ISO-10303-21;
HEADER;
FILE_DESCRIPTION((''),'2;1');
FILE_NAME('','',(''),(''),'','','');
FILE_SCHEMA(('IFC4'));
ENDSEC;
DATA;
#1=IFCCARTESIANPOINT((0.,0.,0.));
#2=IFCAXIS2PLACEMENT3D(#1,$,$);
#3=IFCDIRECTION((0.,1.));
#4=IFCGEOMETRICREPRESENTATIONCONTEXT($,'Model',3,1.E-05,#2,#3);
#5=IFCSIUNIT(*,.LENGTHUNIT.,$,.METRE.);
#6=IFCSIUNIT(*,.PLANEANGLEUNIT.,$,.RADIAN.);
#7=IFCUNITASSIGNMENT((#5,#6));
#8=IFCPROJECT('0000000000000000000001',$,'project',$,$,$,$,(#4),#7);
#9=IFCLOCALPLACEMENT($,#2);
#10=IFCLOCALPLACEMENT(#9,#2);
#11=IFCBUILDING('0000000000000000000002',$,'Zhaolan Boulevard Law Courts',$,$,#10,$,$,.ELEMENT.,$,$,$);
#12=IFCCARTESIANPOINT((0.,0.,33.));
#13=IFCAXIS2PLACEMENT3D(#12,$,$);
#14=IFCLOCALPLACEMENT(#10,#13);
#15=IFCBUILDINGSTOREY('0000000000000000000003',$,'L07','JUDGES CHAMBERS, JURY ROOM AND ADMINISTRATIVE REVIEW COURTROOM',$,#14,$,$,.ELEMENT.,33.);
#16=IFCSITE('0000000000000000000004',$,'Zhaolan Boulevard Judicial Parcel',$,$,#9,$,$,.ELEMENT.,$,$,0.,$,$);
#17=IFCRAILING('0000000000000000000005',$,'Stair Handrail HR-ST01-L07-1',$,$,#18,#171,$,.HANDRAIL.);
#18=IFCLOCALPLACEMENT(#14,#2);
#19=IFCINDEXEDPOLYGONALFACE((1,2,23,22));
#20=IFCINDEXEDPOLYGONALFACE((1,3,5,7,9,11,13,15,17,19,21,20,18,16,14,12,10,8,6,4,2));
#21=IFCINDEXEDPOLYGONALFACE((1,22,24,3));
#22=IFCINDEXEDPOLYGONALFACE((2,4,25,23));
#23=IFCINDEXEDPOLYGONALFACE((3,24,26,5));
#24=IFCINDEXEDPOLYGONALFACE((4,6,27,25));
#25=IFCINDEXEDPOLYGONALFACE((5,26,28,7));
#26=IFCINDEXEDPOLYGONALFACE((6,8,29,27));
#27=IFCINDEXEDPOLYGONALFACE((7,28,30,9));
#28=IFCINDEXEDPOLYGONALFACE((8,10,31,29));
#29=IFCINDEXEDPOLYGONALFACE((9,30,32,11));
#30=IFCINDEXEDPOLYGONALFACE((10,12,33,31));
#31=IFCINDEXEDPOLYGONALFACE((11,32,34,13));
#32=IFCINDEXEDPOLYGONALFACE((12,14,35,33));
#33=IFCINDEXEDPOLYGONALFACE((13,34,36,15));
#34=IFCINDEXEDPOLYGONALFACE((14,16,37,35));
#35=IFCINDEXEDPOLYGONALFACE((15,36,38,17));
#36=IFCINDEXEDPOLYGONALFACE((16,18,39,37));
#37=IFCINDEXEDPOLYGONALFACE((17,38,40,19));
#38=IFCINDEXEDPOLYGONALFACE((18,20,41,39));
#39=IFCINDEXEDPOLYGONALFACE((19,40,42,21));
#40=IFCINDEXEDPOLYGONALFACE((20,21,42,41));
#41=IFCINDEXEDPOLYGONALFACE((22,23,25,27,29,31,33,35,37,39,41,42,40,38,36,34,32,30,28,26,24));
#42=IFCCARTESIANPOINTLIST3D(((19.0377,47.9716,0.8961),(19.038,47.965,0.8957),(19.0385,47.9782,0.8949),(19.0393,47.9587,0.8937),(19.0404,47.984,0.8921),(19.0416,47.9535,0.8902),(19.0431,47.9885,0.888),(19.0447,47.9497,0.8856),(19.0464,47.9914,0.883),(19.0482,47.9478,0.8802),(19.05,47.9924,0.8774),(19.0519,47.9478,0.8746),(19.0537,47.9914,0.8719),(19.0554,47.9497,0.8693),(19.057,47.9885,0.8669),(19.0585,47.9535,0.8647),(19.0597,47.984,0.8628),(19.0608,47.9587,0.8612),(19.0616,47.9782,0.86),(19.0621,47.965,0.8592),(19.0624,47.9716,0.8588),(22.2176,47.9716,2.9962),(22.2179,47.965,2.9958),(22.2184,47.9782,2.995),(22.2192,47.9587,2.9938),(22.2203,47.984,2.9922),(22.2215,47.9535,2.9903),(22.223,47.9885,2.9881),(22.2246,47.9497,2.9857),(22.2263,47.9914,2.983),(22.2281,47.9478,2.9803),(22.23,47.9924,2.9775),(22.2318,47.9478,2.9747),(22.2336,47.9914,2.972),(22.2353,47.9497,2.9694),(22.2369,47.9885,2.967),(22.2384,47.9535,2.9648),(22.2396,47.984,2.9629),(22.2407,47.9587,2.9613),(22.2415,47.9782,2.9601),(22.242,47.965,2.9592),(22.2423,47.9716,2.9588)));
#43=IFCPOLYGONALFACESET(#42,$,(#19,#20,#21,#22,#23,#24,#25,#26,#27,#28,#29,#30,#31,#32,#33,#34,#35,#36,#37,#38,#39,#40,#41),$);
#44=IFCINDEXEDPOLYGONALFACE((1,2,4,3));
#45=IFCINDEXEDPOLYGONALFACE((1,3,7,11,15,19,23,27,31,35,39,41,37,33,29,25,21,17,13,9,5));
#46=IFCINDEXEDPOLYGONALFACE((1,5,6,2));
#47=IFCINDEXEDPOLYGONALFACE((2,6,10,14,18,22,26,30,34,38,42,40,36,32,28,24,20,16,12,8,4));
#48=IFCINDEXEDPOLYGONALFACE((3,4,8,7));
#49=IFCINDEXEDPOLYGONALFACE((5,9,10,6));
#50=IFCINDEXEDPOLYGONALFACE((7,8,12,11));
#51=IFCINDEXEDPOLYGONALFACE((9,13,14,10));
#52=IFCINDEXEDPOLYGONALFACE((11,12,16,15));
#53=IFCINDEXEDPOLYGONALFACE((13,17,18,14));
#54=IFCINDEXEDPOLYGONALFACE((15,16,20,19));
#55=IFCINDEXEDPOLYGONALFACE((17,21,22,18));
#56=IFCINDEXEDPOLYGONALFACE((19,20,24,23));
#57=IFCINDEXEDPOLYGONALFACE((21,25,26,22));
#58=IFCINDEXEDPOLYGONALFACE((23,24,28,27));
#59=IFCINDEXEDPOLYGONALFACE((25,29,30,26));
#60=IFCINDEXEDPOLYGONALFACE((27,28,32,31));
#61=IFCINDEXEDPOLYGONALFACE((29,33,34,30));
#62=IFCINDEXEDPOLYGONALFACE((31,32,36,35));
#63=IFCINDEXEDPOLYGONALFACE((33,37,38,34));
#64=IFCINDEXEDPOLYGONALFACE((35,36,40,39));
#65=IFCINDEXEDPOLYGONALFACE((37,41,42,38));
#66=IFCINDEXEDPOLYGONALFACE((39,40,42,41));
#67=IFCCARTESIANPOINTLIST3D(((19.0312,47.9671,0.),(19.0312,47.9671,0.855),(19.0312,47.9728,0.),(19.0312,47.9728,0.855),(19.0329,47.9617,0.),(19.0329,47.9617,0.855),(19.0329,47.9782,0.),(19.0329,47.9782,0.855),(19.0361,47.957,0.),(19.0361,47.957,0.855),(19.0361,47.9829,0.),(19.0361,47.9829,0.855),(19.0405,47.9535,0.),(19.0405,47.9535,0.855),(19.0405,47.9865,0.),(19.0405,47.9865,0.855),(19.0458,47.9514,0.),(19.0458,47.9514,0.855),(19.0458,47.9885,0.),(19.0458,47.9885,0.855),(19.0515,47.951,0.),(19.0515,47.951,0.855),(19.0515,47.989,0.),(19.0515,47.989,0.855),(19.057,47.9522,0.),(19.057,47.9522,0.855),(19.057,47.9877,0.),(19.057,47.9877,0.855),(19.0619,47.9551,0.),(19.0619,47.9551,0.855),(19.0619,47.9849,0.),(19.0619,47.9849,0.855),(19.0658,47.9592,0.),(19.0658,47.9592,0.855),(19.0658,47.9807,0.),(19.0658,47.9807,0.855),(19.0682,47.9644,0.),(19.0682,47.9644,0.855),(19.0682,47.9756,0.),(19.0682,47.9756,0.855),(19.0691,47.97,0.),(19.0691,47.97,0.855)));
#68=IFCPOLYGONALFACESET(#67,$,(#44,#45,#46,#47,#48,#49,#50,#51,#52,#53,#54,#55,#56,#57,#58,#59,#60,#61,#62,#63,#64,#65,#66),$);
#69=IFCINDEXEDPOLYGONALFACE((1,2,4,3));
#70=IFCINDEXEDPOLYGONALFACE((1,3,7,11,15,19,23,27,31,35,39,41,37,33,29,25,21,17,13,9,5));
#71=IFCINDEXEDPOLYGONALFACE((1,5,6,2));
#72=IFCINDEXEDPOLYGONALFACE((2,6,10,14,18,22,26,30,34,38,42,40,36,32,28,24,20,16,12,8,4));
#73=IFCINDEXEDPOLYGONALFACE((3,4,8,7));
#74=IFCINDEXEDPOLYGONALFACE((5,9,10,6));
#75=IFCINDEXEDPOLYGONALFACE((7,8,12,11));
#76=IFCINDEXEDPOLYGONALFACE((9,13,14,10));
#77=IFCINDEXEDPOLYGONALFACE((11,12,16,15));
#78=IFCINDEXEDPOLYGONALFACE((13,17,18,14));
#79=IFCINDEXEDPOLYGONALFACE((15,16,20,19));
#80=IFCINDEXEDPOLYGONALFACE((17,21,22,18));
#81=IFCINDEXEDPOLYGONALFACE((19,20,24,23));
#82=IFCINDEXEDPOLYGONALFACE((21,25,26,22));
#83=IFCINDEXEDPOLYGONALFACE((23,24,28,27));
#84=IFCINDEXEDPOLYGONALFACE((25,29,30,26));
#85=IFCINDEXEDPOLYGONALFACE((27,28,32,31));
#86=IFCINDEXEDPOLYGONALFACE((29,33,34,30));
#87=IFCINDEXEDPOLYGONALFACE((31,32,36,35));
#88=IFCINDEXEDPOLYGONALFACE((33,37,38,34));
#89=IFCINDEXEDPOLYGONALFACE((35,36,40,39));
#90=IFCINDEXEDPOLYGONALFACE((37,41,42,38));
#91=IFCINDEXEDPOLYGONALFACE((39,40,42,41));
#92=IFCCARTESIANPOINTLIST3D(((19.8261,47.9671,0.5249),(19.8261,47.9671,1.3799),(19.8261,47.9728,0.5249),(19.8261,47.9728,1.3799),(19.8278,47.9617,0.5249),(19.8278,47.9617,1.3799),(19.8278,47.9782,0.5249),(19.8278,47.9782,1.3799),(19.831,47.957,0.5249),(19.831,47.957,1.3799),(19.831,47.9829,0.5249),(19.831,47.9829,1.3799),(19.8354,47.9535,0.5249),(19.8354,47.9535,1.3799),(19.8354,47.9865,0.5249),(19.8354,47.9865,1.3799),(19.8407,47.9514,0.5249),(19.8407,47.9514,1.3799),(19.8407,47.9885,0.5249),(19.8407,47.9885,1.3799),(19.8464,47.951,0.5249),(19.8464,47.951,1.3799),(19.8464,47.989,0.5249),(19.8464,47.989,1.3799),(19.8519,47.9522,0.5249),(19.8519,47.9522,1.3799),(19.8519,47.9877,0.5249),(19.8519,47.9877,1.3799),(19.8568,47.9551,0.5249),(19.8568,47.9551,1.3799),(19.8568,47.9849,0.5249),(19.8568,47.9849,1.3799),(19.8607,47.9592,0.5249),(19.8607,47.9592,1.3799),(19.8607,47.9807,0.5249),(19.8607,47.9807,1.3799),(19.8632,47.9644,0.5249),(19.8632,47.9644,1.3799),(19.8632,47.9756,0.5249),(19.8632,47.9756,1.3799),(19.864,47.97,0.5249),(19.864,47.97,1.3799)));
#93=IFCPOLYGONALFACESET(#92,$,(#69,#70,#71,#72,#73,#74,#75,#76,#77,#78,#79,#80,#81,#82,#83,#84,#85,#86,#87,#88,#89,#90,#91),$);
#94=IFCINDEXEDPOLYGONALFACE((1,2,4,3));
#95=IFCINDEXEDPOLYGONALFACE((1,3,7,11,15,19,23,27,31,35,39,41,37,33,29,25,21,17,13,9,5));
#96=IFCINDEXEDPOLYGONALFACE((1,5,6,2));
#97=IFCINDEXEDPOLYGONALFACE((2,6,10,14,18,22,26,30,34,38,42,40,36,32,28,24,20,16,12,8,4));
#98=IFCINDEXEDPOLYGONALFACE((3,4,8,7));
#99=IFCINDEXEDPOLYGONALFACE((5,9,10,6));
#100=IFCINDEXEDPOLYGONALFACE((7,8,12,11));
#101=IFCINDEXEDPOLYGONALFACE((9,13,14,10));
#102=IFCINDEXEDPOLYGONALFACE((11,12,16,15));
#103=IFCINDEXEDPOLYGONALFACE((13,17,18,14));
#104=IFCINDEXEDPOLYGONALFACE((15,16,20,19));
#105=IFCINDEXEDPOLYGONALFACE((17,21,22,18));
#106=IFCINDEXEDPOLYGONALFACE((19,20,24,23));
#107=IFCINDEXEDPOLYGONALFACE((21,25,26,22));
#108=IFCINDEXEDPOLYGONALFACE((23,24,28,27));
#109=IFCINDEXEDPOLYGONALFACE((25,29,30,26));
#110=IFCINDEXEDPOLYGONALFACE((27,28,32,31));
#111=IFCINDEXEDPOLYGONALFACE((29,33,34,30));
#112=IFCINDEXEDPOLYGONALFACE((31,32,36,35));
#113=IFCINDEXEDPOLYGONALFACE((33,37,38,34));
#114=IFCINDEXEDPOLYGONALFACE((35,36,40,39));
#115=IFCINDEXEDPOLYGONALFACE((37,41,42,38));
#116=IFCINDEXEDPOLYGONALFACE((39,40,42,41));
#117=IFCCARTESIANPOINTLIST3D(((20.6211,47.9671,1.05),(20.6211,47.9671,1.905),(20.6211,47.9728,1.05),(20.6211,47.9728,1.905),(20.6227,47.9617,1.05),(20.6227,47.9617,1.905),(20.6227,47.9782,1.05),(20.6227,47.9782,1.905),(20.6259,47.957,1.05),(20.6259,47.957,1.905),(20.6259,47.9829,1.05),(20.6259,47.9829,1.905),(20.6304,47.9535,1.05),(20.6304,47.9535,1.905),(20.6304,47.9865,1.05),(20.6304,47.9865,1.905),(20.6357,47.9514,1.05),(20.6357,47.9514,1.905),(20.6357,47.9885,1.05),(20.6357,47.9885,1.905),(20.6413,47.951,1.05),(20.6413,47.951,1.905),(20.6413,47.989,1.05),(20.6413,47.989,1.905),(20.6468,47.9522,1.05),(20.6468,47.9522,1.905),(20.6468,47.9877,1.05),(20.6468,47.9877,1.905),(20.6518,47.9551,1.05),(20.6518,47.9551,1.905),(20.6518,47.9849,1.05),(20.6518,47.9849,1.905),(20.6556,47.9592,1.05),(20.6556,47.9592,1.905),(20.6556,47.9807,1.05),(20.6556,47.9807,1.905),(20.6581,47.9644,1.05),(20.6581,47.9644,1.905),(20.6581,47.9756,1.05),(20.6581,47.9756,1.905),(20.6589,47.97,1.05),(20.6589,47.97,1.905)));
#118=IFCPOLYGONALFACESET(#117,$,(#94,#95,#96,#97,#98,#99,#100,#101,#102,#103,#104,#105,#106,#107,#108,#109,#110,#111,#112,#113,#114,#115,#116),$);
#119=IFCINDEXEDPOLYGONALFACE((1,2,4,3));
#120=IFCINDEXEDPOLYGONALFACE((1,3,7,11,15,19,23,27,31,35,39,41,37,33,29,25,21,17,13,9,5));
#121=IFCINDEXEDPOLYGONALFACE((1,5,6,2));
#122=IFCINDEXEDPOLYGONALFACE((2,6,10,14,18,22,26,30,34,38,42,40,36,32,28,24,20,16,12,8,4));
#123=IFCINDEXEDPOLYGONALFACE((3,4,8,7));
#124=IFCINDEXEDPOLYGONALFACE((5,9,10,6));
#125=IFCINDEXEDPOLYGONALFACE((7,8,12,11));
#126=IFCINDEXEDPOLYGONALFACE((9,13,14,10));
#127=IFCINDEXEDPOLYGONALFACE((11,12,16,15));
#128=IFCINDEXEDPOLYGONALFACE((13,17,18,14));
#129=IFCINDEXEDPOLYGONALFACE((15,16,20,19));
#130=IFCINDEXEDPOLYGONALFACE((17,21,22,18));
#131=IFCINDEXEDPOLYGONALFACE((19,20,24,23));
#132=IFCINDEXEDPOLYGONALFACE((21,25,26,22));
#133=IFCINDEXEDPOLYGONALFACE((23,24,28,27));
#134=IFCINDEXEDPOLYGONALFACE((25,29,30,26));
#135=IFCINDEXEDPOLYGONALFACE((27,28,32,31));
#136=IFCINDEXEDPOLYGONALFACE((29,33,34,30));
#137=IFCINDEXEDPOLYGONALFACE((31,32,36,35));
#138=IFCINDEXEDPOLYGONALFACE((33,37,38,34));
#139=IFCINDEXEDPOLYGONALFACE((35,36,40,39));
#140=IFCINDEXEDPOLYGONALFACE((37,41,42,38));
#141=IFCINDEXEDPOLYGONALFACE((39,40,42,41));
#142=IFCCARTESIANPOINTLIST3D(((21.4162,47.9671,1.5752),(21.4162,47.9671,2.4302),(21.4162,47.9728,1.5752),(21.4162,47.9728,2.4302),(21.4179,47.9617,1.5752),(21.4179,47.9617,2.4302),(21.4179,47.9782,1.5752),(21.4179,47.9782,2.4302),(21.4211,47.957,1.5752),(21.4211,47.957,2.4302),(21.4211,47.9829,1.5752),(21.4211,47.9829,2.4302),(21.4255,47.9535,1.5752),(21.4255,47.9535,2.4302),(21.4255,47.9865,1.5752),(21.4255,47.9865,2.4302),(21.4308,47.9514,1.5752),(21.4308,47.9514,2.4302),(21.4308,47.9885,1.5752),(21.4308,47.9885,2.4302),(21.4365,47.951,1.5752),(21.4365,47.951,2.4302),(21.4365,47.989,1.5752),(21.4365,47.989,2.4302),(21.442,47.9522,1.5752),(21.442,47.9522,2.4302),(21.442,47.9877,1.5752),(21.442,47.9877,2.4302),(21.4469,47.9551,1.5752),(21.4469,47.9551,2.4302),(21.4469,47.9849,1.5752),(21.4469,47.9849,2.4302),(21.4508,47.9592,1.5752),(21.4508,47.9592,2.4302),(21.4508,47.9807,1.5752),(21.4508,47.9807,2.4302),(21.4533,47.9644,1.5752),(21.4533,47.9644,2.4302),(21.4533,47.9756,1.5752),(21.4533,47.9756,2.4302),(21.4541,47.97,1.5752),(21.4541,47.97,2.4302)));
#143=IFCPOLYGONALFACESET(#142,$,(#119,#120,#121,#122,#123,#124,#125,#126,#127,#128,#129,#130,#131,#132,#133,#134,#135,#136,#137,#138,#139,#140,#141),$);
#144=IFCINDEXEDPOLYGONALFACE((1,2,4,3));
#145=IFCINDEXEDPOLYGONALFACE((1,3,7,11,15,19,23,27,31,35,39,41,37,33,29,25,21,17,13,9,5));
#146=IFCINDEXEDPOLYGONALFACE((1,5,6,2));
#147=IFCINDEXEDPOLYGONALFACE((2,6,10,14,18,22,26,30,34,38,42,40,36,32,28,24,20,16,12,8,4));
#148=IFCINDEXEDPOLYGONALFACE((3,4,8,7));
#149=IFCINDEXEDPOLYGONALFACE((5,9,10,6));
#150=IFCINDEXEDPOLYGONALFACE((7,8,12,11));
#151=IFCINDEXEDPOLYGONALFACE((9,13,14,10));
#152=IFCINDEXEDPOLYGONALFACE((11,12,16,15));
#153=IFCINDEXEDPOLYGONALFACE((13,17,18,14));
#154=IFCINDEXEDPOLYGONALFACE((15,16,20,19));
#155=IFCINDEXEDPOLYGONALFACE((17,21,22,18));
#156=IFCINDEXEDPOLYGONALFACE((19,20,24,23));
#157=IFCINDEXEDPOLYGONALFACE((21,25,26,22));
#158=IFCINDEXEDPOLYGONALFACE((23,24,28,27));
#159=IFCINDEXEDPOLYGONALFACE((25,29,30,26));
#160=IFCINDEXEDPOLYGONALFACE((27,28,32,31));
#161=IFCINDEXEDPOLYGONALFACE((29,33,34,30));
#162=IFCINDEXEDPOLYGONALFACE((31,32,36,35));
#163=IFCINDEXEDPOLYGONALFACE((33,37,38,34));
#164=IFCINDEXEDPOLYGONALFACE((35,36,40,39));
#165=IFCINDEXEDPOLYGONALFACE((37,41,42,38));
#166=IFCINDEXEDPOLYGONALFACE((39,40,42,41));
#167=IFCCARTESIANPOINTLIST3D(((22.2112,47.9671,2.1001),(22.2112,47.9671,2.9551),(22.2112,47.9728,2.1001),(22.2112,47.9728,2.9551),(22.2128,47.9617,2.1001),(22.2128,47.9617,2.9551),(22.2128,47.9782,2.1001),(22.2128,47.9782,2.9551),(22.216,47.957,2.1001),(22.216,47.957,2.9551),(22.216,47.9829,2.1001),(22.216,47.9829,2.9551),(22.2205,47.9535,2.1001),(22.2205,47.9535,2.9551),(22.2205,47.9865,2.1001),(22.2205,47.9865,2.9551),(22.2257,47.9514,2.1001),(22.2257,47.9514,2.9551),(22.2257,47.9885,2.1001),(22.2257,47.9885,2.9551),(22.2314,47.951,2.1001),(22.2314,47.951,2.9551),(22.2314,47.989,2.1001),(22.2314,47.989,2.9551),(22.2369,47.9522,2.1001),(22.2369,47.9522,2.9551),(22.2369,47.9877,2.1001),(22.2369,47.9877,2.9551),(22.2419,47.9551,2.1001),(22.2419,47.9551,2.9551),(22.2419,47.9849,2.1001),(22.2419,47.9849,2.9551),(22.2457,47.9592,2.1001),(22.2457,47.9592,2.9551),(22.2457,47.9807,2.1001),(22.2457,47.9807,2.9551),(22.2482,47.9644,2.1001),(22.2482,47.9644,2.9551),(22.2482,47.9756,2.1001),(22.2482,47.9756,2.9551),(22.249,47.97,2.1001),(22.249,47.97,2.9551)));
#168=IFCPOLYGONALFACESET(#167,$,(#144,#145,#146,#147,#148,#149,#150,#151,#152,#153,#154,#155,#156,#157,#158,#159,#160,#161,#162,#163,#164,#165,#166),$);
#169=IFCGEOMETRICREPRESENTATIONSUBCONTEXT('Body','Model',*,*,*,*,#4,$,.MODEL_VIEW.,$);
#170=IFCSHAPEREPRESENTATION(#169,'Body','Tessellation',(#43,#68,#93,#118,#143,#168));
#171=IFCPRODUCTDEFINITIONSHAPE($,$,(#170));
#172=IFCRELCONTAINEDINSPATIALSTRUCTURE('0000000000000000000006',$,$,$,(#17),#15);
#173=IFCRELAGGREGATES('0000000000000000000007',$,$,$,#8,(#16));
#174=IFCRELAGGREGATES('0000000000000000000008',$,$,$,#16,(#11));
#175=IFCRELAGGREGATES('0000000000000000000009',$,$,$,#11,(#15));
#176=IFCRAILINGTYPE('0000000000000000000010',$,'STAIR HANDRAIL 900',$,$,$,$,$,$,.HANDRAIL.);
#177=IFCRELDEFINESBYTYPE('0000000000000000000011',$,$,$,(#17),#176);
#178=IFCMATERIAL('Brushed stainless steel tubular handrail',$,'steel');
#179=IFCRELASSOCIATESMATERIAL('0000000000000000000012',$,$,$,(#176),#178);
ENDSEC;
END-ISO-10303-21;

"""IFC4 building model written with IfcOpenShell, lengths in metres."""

from ifc_helpers import new_model, si_unit, direction, frame, origin, origin_2d, place, context, subcontext, project, spatial, circle, extrude, material, type_object, element, save


model = new_model("IFC4")

# Units and contexts
model_context = context("Model", 3, precision=1e-05, world=origin(), true_north=direction((0.0, 1.0)))
body_context = subcontext(model_context, "Body", "Model", "MODEL_VIEW")
ifc_project = project(units=[si_unit("LENGTHUNIT", "METRE"), si_unit("PLANEANGLEUNIT", "RADIAN")], contexts=[model_context])

# Site, building, storey
site_placement = place(None, origin())
site = spatial("IfcSite", under=ifc_project, at=site_placement, Name="Zhaolan Boulevard Judicial Parcel", CompositionType="ELEMENT", RefElevation=0.0)
building_placement = place(site_placement, origin())
building = spatial("IfcBuilding", under=site, at=building_placement, Name="Zhaolan Boulevard Law Courts", CompositionType="ELEMENT")
storey_placement = place(building_placement, frame((0.0, 0.0, 33.0)))
storey = spatial("IfcBuildingStorey", under=building, at=storey_placement, Name="L07", Description="JUDGES CHAMBERS, JURY ROOM AND ADMINISTRATIVE REVIEW COURTROOM", CompositionType="ELEMENT", Elevation=33.0)

# Railing
ifc_material_1 = material(Name="Brushed stainless steel tubular handrail", Category="steel")
railing_type_1 = type_object("IfcRailingType", Name="STAIR HANDRAIL 900", PredefinedType="HANDRAIL", material=ifc_material_1)
railing_1_placement = place(storey_placement, frame((19.05, 47.97, 0.0)))
element("IfcRailing", 1, at=railing_1_placement, inside=storey, type_object=railing_type_1, Name="Stair Handrail HR-ST01-L07-1", PredefinedType="HANDRAIL", context=body_context, shape_type="SweptSolid", body=[
    extrude(circle(Radius=0.0225, at=origin_2d()), frame((0.0, 0.0, 0.8774), z_axis=(0.834447, 0.0, 0.551088), x_axis=(0.0, 1.0, 0.0)), (0.0, 0.0, 1.0), 3.8108),
    extrude(circle(Radius=0.019, at=origin_2d()), origin(), (0.0, 0.0, 1.0), 0.855),
    extrude(circle(Radius=0.019, at=origin_2d()), frame((0.7949, 0.0, 0.5249)), (0.0, 0.0, 1.0), 0.855),
    extrude(circle(Radius=0.019, at=origin_2d()), frame((1.5898, 0.0, 1.05)), (0.0, 0.0, 1.0), 0.855),
    extrude(circle(Radius=0.019, at=origin_2d()), frame((2.385, 0.0, 1.5752)), (0.0, 0.0, 1.0), 0.855),
    extrude(circle(Radius=0.019, at=origin_2d()), frame((3.1799, 0.0, 2.1001)), (0.0, 0.0, 1.0), 0.855),
])

save(model, "model.ifc")
